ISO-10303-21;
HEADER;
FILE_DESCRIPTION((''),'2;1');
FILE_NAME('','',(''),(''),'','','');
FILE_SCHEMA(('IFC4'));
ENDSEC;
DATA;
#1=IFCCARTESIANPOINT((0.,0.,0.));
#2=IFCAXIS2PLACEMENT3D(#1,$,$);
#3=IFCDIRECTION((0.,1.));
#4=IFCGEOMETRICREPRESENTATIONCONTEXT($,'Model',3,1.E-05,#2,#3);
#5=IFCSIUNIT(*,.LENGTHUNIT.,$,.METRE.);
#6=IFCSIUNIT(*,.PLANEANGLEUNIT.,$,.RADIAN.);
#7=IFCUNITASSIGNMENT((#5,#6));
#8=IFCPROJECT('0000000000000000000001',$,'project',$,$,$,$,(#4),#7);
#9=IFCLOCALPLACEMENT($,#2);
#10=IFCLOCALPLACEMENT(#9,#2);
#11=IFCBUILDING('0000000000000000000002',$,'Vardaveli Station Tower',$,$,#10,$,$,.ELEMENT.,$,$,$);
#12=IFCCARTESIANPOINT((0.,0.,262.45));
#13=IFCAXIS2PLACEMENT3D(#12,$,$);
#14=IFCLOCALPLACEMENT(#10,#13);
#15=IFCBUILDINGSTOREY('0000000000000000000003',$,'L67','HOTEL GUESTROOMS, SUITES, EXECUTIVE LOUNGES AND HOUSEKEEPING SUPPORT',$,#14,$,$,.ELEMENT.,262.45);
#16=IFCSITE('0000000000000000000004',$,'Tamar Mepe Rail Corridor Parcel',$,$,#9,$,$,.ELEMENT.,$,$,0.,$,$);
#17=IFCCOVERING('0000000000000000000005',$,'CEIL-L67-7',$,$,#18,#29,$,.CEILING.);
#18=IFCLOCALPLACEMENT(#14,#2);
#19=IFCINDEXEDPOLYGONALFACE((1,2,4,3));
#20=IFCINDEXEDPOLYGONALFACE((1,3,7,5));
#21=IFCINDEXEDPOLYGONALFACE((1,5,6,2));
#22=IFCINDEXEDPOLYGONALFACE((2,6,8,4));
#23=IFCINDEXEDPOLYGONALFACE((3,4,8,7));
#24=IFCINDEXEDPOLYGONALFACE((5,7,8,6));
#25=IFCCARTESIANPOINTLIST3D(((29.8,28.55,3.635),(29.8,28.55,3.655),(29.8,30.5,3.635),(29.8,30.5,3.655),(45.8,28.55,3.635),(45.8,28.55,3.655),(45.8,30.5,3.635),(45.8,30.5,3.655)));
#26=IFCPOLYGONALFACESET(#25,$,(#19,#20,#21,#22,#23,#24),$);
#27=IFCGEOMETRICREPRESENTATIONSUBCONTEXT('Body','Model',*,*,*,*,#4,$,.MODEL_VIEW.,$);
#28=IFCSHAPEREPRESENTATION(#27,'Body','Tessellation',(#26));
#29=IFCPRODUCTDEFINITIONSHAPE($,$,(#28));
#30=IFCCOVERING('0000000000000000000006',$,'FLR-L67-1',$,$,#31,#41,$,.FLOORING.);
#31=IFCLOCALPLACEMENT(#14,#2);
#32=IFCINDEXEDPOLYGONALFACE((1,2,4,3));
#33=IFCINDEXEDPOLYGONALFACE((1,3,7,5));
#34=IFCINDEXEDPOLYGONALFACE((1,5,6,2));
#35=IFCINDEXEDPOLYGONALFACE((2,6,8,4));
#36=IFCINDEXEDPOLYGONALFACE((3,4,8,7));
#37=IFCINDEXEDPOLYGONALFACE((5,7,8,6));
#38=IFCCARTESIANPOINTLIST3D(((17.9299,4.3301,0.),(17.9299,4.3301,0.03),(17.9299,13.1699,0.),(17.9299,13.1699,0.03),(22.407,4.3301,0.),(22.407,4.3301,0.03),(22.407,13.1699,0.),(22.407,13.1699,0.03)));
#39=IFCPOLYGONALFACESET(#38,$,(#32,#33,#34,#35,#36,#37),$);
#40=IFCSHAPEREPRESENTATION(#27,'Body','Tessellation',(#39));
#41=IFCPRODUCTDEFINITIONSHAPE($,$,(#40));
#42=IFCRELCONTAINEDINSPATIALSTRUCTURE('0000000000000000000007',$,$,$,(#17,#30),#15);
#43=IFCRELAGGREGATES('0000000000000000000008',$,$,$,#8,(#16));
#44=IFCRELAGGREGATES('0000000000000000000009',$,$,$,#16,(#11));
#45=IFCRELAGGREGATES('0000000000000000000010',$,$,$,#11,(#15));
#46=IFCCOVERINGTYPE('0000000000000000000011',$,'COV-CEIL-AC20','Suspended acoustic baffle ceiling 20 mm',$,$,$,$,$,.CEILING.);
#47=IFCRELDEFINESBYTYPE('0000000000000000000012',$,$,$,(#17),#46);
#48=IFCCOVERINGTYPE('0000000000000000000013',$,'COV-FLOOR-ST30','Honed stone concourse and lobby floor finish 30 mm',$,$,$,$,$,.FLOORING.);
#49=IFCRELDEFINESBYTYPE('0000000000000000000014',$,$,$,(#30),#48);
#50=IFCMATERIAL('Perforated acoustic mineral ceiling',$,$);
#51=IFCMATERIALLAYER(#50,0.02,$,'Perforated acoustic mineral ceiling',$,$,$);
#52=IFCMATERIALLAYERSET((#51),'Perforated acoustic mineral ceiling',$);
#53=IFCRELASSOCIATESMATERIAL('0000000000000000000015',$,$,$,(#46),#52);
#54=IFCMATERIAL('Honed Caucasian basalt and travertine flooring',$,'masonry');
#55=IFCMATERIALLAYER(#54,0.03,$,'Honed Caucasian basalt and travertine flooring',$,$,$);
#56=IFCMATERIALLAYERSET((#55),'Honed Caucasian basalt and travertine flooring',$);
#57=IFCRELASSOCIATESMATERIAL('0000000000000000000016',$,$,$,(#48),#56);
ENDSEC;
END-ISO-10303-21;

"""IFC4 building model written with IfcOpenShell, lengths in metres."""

from ifc_helpers import new_model, si_unit, direction, frame, origin, place, context, subcontext, project, spatial, polyline, outline, extrude, material, layer, layer_set, type_object, element, save


model = new_model("IFC4")

# Units and contexts
model_context = context("Model", 3, precision=1e-05, world=origin(), true_north=direction((0.0, 1.0)))
body_context = subcontext(model_context, "Body", "Model", "MODEL_VIEW")
ifc_project = project(units=[si_unit("LENGTHUNIT", "METRE"), si_unit("PLANEANGLEUNIT", "RADIAN")], contexts=[model_context])

# Site, building, storey
site_placement = place(None, origin())
site = spatial("IfcSite", under=ifc_project, at=site_placement, Name="Tamar Mepe Rail Corridor Parcel", CompositionType="ELEMENT", RefElevation=0.0)
building_placement = place(site_placement, origin())
building = spatial("IfcBuilding", under=site, at=building_placement, Name="Vardaveli Station Tower", CompositionType="ELEMENT")
storey_placement = place(building_placement, frame((0.0, 0.0, 262.45)))
storey = spatial("IfcBuildingStorey", under=building, at=storey_placement, Name="L67", Description="HOTEL GUESTROOMS, SUITES, EXECUTIVE LOUNGES AND HOUSEKEEPING SUPPORT", CompositionType="ELEMENT", Elevation=262.45)

# Coverings
ifc_material_1 = material(Name="Perforated acoustic mineral ceiling")
ifc_layer_1 = layer(ifc_material_1, 0.02, Name="Perforated acoustic mineral ceiling")
ifc_layer_set_1 = layer_set([ifc_layer_1], Name="Perforated acoustic mineral ceiling")
covering_type_1 = type_object("IfcCoveringType", Name="COV-CEIL-AC20", Description="Suspended acoustic baffle ceiling 20 mm", PredefinedType="CEILING", material=ifc_layer_set_1)
covering_1_placement = place(storey_placement, frame((0.0, 0.0, 3.635)))
element("IfcCovering", 1, at=covering_1_placement, inside=storey, type_object=covering_type_1, Name="CEIL-L67-7", PredefinedType="CEILING", context=body_context, shape_type="SweptSolid", body=[
    extrude(outline(polyline([(29.8, 28.55), (45.8, 28.55), (45.8, 30.5), (29.8, 30.5), (29.8, 28.55)])), origin(), (0.0, 0.0, 1.0), 0.02),
])
ifc_material_2 = material(Name="Honed Caucasian basalt and travertine flooring", Category="masonry")
ifc_layer_2 = layer(ifc_material_2, 0.03, Name="Honed Caucasian basalt and travertine flooring")
ifc_layer_set_2 = layer_set([ifc_layer_2], Name="Honed Caucasian basalt and travertine flooring")
covering_type_2 = type_object("IfcCoveringType", Name="COV-FLOOR-ST30", Description="Honed stone concourse and lobby floor finish 30 mm", PredefinedType="FLOORING", material=ifc_layer_set_2)
covering_2_placement = place(storey_placement, origin())
element("IfcCovering", 2, at=covering_2_placement, inside=storey, type_object=covering_type_2, Name="FLR-L67-1", PredefinedType="FLOORING", context=body_context, shape_type="SweptSolid", body=[
    extrude(outline(polyline([(17.9299, 4.3301), (22.407, 4.3301), (22.407, 13.1699), (17.9299, 13.1699), (17.9299, 4.3301)])), origin(), (0.0, 0.0, 1.0), 0.03),
])

save(model, "model.ifc")
